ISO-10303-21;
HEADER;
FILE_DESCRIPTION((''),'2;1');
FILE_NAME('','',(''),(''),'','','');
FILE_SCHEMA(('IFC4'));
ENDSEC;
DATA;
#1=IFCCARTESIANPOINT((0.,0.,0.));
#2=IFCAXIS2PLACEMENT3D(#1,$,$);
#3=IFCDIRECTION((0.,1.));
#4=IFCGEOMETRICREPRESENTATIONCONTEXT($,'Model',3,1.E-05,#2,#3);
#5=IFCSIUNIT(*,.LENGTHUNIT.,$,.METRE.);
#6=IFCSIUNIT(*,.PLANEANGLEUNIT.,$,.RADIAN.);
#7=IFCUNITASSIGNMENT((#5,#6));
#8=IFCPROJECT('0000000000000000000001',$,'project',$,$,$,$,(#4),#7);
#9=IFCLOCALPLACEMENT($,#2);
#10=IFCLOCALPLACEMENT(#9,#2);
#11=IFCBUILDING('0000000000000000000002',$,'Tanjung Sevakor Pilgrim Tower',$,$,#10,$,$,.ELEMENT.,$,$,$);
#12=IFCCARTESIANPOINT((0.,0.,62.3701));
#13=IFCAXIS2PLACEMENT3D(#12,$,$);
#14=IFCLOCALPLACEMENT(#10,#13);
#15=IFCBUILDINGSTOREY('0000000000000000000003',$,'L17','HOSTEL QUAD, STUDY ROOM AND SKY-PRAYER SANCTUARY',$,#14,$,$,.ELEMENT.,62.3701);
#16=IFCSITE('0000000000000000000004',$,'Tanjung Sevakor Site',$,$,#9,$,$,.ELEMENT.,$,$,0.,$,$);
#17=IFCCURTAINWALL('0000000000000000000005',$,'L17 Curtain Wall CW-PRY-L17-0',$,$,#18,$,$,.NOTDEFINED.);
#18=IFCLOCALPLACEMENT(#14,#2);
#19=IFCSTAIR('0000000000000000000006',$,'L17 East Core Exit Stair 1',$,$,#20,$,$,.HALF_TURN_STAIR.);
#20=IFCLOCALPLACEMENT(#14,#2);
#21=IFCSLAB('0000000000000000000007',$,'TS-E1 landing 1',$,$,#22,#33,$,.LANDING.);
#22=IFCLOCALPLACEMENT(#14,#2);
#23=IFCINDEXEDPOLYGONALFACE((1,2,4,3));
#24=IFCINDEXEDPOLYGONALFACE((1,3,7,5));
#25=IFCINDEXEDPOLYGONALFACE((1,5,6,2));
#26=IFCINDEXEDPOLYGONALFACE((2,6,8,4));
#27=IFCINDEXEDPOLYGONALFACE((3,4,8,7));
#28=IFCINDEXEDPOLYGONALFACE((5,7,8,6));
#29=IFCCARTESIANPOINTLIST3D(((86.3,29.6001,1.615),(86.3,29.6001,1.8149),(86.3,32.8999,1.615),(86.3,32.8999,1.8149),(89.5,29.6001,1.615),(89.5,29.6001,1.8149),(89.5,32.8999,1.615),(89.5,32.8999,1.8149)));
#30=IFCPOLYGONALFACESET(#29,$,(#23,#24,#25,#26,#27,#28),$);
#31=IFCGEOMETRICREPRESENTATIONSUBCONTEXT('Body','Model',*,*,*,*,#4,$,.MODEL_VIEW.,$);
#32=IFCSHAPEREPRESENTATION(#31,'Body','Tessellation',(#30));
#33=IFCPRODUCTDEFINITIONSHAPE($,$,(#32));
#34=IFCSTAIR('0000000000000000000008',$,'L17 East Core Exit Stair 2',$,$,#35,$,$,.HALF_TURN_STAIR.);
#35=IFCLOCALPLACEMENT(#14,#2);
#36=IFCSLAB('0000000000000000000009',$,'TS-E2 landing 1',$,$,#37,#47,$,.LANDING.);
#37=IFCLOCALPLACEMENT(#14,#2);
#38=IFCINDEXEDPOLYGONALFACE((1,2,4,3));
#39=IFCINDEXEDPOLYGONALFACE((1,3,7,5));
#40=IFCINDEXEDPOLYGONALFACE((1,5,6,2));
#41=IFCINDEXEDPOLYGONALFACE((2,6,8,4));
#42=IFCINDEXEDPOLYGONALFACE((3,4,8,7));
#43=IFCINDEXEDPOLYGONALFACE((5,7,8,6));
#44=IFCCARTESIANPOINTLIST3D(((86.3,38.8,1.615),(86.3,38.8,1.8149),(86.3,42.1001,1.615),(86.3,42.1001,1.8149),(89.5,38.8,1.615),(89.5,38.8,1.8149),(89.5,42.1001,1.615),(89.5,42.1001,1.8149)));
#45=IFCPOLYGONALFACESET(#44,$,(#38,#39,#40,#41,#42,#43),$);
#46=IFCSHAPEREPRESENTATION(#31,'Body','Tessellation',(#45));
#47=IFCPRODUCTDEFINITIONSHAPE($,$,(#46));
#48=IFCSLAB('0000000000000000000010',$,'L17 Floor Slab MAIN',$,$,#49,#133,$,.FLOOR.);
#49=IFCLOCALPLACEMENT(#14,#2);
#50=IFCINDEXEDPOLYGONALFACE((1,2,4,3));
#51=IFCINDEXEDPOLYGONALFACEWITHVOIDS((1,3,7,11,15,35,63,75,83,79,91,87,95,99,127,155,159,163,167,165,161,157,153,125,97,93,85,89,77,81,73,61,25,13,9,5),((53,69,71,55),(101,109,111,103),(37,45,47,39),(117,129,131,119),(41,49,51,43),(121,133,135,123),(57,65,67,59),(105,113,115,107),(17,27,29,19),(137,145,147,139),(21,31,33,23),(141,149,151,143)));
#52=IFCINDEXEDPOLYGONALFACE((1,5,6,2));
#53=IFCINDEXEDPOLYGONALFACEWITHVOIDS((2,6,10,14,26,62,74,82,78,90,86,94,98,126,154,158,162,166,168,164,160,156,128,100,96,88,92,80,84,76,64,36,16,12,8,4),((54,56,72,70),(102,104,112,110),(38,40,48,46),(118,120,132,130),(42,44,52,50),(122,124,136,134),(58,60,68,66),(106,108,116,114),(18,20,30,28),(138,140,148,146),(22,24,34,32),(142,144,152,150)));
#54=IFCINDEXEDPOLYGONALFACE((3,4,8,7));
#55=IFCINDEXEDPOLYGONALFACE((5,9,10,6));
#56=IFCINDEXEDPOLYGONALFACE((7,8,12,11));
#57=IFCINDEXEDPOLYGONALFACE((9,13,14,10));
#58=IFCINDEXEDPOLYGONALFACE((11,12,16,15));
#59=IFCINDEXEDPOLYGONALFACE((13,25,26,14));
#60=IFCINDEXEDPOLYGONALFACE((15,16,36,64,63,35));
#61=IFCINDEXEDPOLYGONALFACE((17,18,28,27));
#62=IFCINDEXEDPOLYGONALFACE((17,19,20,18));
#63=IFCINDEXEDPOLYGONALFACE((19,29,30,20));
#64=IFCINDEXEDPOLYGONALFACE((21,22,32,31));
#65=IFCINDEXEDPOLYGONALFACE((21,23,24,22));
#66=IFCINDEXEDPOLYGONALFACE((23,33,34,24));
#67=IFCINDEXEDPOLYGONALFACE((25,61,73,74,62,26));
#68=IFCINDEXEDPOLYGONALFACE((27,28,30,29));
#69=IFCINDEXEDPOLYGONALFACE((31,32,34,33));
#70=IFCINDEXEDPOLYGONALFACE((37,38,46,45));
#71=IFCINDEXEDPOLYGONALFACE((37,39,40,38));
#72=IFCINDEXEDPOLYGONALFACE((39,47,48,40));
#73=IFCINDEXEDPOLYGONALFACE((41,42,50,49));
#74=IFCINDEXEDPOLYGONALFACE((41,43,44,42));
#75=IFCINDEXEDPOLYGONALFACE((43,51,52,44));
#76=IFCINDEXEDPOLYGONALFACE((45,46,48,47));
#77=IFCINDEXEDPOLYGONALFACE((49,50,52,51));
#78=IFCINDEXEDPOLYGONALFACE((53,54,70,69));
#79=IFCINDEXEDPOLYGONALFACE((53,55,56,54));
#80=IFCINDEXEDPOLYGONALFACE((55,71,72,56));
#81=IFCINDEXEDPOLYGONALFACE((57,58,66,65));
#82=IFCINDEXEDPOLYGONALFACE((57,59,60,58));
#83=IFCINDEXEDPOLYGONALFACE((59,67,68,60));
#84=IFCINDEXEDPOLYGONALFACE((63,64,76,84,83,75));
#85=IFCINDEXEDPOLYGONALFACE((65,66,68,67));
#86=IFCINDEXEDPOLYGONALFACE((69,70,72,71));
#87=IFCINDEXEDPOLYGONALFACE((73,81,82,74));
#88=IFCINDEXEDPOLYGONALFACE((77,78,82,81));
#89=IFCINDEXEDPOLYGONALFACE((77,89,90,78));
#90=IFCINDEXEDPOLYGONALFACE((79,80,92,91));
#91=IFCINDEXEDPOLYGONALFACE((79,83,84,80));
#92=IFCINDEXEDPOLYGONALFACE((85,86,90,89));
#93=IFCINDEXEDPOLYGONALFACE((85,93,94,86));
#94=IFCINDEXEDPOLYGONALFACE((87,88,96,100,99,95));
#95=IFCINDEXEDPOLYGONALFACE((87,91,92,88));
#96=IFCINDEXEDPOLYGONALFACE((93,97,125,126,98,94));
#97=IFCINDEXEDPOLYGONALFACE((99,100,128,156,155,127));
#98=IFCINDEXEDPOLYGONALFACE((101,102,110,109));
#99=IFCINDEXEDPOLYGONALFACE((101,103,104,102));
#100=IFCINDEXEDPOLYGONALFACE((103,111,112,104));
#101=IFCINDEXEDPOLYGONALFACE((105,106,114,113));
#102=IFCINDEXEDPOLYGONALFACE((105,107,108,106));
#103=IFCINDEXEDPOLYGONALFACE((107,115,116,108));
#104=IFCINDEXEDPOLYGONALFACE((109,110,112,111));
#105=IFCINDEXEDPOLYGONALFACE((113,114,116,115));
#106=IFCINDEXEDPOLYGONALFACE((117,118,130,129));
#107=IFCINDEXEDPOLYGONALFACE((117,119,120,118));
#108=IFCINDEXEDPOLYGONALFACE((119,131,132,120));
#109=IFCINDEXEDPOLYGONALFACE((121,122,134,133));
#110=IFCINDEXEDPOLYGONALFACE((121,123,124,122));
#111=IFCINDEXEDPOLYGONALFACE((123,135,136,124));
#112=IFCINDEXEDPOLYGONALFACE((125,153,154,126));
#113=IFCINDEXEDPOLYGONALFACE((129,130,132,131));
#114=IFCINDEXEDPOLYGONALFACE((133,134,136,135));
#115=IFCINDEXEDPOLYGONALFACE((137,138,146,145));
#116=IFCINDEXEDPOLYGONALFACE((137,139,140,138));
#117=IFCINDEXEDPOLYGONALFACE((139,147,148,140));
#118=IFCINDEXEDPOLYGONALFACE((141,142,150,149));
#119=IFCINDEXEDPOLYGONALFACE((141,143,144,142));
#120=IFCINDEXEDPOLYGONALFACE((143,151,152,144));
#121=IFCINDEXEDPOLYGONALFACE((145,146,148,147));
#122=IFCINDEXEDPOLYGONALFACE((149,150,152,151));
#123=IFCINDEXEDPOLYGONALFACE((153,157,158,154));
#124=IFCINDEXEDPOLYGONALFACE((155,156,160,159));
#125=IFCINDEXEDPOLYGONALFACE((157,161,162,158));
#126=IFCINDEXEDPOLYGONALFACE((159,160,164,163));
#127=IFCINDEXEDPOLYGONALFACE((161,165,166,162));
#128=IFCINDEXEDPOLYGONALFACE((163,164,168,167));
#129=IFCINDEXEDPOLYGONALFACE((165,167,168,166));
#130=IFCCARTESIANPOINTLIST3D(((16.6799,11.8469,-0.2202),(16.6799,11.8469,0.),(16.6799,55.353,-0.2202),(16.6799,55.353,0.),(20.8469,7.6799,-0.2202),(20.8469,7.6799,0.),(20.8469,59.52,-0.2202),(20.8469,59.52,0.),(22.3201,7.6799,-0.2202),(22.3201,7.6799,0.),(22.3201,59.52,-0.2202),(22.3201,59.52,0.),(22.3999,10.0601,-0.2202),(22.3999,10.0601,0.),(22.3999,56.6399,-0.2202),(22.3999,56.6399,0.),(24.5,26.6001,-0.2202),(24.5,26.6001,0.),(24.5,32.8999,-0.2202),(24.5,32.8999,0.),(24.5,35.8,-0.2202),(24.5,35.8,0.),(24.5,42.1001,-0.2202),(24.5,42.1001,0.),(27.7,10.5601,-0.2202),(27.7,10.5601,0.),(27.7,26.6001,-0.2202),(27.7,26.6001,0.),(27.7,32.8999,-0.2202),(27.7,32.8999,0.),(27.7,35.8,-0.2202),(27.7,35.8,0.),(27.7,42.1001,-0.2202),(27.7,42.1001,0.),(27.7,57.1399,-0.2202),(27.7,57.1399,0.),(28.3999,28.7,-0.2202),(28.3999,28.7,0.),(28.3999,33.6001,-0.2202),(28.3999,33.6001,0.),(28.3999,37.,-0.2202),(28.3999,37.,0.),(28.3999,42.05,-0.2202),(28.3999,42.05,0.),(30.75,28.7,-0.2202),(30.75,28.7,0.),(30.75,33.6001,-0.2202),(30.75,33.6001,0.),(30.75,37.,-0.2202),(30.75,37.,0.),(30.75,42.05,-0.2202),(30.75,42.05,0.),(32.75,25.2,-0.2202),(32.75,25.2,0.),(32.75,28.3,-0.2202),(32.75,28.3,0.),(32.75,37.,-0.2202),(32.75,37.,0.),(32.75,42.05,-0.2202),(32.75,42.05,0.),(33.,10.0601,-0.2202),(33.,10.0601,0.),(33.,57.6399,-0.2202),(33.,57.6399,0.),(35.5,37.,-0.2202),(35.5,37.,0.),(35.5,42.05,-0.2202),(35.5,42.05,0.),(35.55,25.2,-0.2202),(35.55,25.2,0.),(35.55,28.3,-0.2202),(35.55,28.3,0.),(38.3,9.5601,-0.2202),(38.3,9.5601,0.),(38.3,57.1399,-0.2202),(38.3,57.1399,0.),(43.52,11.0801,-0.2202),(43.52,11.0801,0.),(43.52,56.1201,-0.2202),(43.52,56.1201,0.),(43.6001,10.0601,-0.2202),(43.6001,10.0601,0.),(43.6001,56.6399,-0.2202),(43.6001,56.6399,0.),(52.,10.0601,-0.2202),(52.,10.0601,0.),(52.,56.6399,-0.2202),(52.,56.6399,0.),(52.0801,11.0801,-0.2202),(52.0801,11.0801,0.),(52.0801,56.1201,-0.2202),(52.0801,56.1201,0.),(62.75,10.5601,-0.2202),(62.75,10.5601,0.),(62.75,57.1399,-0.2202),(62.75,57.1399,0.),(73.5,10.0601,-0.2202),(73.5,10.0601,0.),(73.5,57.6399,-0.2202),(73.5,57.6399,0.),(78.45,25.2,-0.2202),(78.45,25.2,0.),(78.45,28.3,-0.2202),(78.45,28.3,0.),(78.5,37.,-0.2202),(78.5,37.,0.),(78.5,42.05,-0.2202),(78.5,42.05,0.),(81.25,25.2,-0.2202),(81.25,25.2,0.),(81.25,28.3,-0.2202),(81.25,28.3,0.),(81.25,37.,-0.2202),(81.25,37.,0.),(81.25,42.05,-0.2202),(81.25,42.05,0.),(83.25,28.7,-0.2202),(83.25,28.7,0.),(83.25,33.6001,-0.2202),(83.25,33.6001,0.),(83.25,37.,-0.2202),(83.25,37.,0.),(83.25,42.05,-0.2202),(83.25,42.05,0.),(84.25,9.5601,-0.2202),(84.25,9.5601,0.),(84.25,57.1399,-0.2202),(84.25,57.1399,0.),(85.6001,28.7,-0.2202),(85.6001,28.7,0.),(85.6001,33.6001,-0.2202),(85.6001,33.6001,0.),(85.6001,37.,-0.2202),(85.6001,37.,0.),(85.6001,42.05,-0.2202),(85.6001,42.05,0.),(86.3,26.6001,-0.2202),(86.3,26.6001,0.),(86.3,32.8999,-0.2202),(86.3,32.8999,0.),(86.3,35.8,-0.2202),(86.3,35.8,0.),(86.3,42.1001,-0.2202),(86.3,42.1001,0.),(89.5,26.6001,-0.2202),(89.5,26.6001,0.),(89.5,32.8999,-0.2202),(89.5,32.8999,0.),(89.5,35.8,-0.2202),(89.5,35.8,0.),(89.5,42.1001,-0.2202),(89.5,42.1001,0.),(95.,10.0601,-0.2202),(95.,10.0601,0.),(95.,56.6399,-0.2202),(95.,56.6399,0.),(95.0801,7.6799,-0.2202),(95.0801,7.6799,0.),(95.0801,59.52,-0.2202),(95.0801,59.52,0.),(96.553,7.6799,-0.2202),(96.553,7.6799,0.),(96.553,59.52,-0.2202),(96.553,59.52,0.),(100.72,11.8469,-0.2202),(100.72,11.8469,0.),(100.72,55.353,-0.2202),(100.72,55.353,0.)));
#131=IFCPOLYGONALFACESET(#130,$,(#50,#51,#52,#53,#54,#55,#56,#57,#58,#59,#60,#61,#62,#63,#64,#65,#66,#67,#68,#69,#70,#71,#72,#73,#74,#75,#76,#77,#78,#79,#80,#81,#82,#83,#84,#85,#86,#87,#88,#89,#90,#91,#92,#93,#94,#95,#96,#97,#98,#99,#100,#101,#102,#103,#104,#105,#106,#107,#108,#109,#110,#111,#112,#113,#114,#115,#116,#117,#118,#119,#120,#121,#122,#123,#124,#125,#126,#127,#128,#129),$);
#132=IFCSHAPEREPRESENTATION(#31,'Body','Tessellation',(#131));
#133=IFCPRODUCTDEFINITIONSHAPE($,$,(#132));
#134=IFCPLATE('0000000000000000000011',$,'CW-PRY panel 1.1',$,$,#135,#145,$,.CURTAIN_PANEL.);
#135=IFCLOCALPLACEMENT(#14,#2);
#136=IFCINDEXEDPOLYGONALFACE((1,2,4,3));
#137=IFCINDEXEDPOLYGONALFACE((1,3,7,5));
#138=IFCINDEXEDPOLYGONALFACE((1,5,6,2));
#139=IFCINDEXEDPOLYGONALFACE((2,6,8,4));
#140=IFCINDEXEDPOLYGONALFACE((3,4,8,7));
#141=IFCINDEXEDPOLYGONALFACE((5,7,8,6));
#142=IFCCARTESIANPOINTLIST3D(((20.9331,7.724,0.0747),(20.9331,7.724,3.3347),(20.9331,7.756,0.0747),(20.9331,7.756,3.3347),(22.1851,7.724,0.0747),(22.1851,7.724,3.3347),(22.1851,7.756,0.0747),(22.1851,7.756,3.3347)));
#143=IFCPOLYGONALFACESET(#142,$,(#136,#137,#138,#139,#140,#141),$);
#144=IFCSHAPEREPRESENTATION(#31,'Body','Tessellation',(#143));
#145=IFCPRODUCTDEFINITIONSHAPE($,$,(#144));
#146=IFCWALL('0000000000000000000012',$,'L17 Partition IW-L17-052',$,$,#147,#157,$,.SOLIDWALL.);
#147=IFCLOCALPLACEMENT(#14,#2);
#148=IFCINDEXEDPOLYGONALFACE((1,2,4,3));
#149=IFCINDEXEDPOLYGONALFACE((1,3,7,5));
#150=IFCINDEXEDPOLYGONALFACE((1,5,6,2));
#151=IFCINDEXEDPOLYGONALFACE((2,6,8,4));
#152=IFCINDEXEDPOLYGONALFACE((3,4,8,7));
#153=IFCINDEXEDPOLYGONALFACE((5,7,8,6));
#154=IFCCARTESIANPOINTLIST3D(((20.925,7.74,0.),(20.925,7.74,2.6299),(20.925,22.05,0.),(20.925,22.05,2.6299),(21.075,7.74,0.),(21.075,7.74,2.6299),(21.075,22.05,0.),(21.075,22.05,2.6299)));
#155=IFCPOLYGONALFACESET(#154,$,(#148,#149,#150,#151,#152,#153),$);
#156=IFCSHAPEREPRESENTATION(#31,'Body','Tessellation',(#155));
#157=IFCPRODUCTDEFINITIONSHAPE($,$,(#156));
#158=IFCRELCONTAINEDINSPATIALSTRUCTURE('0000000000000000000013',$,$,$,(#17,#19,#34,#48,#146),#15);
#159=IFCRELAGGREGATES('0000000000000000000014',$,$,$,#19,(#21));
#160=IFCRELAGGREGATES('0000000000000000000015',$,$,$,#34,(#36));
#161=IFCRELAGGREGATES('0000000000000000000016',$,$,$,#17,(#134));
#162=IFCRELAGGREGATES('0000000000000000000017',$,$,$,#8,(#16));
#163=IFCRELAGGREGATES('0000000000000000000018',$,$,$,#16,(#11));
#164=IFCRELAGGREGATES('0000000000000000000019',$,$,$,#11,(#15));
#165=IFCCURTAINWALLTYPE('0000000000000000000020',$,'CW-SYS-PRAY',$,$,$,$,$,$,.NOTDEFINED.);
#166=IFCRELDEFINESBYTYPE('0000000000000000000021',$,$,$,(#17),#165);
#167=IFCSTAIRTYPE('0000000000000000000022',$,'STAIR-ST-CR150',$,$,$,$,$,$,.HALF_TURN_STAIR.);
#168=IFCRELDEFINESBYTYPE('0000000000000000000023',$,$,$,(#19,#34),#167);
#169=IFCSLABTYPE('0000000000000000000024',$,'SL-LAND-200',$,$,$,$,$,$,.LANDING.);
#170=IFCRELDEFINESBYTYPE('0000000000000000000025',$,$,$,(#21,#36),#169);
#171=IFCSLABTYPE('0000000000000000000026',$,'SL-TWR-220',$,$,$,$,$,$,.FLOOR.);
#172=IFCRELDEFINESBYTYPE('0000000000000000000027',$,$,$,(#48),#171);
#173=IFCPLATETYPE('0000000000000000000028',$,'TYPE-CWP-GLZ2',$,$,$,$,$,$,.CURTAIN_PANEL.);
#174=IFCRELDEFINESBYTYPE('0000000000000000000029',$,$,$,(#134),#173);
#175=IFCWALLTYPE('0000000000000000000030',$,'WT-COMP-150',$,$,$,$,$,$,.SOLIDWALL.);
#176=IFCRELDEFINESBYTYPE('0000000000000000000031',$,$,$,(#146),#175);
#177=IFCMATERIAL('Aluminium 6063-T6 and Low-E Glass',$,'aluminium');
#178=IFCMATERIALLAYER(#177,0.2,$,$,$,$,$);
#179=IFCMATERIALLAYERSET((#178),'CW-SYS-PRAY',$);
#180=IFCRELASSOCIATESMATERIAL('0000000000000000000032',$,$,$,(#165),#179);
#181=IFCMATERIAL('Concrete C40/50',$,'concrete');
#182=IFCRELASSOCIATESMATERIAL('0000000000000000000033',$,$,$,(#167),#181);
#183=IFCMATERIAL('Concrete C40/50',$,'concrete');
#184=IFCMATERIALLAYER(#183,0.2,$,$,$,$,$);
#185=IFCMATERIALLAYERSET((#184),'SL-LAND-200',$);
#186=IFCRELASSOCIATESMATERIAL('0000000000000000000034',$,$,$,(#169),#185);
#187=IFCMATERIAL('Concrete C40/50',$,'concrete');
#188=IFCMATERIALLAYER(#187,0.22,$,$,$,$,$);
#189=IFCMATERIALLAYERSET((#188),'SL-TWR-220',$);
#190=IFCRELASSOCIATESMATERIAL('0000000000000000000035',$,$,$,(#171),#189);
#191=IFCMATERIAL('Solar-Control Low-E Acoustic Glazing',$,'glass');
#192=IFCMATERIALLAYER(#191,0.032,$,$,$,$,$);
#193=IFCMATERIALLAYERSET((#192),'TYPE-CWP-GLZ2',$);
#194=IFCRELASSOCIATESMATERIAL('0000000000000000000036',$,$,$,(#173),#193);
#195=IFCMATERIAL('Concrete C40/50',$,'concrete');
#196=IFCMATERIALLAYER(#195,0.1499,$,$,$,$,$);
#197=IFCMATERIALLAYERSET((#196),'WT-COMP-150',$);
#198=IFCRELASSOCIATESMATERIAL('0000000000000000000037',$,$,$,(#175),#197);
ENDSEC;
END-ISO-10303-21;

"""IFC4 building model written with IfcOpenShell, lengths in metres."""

from ifc_helpers import new_model, si_unit, direction, frame, frame_2d, origin, origin_2d, place, context, subcontext, project, spatial, polyline, rectangle, outline, extrude, material, layer, layer_set, type_object, element, aggregate, save


model = new_model("IFC4")

# Units and contexts
model_context = context("Model", 3, precision=1e-05, world=origin(), true_north=direction((0.0, 1.0)))
body_context = subcontext(model_context, "Body", "Model", "MODEL_VIEW")
ifc_project = project(units=[si_unit("LENGTHUNIT", "METRE"), si_unit("PLANEANGLEUNIT", "RADIAN")], contexts=[model_context])

# Site, building, storey
site_placement = place(None, origin())
site = spatial("IfcSite", under=ifc_project, at=site_placement, Name="Tanjung Sevakor Site", CompositionType="ELEMENT", RefElevation=0.0)
building_placement = place(site_placement, origin())
building = spatial("IfcBuilding", under=site, at=building_placement, Name="Tanjung Sevakor Pilgrim Tower", CompositionType="ELEMENT")
storey_placement = place(building_placement, frame((0.0, 0.0, 62.3701)))
storey = spatial("IfcBuildingStorey", under=building, at=storey_placement, Name="L17", Description="HOSTEL QUAD, STUDY ROOM AND SKY-PRAYER SANCTUARY", CompositionType="ELEMENT", Elevation=62.3701)

# Curtain wall
ifc_material_1 = material(Name="Aluminium 6063-T6 and Low-E Glass", Category="aluminium")
ifc_layer_1 = layer(ifc_material_1, 0.2)
ifc_layer_set_1 = layer_set([ifc_layer_1], Name="CW-SYS-PRAY")
curtain_wall_type = type_object("IfcCurtainWallType", Name="CW-SYS-PRAY", PredefinedType="NOTDEFINED", material=ifc_layer_set_1)
curtain_wall_placement = place(storey_placement, origin())
curtain_wall = element("IfcCurtainWall", 1, at=curtain_wall_placement, inside=storey, type_object=curtain_wall_type, Name="L17 Curtain Wall CW-PRY-L17-0", PredefinedType="NOTDEFINED")

# Stairs, slabs
ifc_material_2 = material(Name="Concrete C40/50", Category="concrete")
stair_type = type_object("IfcStairType", Name="STAIR-ST-CR150", PredefinedType="HALF_TURN_STAIR", material=ifc_material_2)
ifc_material_3 = material(Name="Concrete C40/50", Category="concrete")
ifc_layer_2 = layer(ifc_material_3, 0.2)
ifc_layer_set_2 = layer_set([ifc_layer_2], Name="SL-LAND-200")
slab_type_1 = type_object("IfcSlabType", Name="SL-LAND-200", PredefinedType="LANDING", material=ifc_layer_set_2)
stair_1_placement = place(storey_placement, origin())
stair_1 = element("IfcStair", 2, at=stair_1_placement, inside=storey, type_object=stair_type, Name="L17 East Core Exit Stair 1", PredefinedType="HALF_TURN_STAIR")
slab_1_placement = place(storey_placement, frame((0.0, 0.0, 1.615)))
slab_1 = element("IfcSlab", 3, at=slab_1_placement, type_object=slab_type_1, Name="TS-E1 landing 1", PredefinedType="LANDING", context=body_context, shape_type="SweptSolid", body=[
    extrude(outline(polyline([(89.5, 29.6001), (89.5, 32.8999), (86.3, 32.8999), (86.3, 29.6001), (89.5, 29.6001)])), origin(), (0.0, 0.0, 1.0), 0.2),
])
aggregate(stair_1, [slab_1])
stair_2_placement = place(storey_placement, origin())
stair_2 = element("IfcStair", 4, at=stair_2_placement, inside=storey, type_object=stair_type, Name="L17 East Core Exit Stair 2", PredefinedType="HALF_TURN_STAIR")
slab_2_placement = place(storey_placement, frame((0.0, 0.0, 1.615)))
slab_2 = element("IfcSlab", 5, at=slab_2_placement, type_object=slab_type_1, Name="TS-E2 landing 1", PredefinedType="LANDING", context=body_context, shape_type="SweptSolid", body=[
    extrude(outline(polyline([(89.5, 38.8), (89.5, 42.1001), (86.3, 42.1001), (86.3, 38.8), (89.5, 38.8)])), origin(), (0.0, 0.0, 1.0), 0.2),
])
aggregate(stair_2, [slab_2])

# Slab
ifc_material_4 = material(Name="Concrete C40/50", Category="concrete")
ifc_layer_3 = layer(ifc_material_4, 0.22)
ifc_layer_set_3 = layer_set([ifc_layer_3], Name="SL-TWR-220")
slab_type_2 = type_object("IfcSlabType", Name="SL-TWR-220", PredefinedType="FLOOR", material=ifc_layer_set_3)
slab_3_placement = place(storey_placement, frame((0.0, 0.0, -0.2202)))
element("IfcSlab", 6, at=slab_3_placement, inside=storey, type_object=slab_type_2, Name="L17 Floor Slab MAIN", PredefinedType="FLOOR", context=body_context, shape_type="SweptSolid", body=[
    extrude(outline(polyline([(20.8469, 7.6799), (22.3201, 7.6799), (22.3999, 10.0601), (27.7, 10.5601), (33.0, 10.0601), (38.3, 9.5601), (43.6001, 10.0601), (43.52, 11.0801), (52.0801, 11.0801), (52.0, 10.0601), (62.75, 10.5601), (73.5, 10.0601), (84.25, 9.5601), (95.0, 10.0601), (95.0801, 7.6799), (96.553, 7.6799), (100.72, 11.8469), (100.72, 55.353), (96.553, 59.52), (95.0801, 59.52), (95.0, 56.6399), (84.25, 57.1399), (73.5, 57.6399), (62.75, 57.1399), (52.0, 56.6399), (52.0801, 56.1201), (43.52, 56.1201), (43.6001, 56.6399), (38.3, 57.1399), (33.0, 57.6399), (27.7, 57.1399), (22.3999, 56.6399), (22.3201, 59.52), (20.8469, 59.52), (16.6799, 55.353), (16.6799, 11.8469), (20.8469, 7.6799)]), holes=[polyline([(27.7, 26.6001), (27.7, 32.8999), (24.5, 32.8999), (24.5, 26.6001), (27.7, 26.6001)]), polyline([(27.7, 35.8), (27.7, 42.1001), (24.5, 42.1001), (24.5, 35.8), (27.7, 35.8)]), polyline([(89.5, 26.6001), (89.5, 32.8999), (86.3, 32.8999), (86.3, 26.6001), (89.5, 26.6001)]), polyline([(89.5, 35.8), (89.5, 42.1001), (86.3, 42.1001), (86.3, 35.8), (89.5, 35.8)]), polyline([(32.75, 25.2), (35.55, 25.2), (35.55, 28.3), (32.75, 28.3), (32.75, 25.2)]), polyline([(28.3999, 28.7), (30.75, 28.7), (30.75, 33.6001), (28.3999, 33.6001), (28.3999, 28.7)]), polyline([(28.3999, 37.0), (30.75, 37.0), (30.75, 42.05), (28.3999, 42.05), (28.3999, 37.0)]), polyline([(32.75, 37.0), (35.5, 37.0), (35.5, 42.05), (32.75, 42.05), (32.75, 37.0)]), polyline([(78.45, 25.2), (81.25, 25.2), (81.25, 28.3), (78.45, 28.3), (78.45, 25.2)]), polyline([(83.25, 28.7), (85.6001, 28.7), (85.6001, 33.6001), (83.25, 33.6001), (83.25, 28.7)]), polyline([(83.25, 37.0), (85.6001, 37.0), (85.6001, 42.05), (83.25, 42.05), (83.25, 37.0)]), polyline([(78.5, 37.0), (81.25, 37.0), (81.25, 42.05), (78.5, 42.05), (78.5, 37.0)])]), origin(), (0.0, 0.0, 1.0), 0.2202),
])

# Plate
ifc_material_5 = material(Name="Solar-Control Low-E Acoustic Glazing", Category="glass")
ifc_layer_4 = layer(ifc_material_5, 0.032)
ifc_layer_set_4 = layer_set([ifc_layer_4], Name="TYPE-CWP-GLZ2")
plate_type = type_object("IfcPlateType", Name="TYPE-CWP-GLZ2", PredefinedType="CURTAIN_PANEL", material=ifc_layer_set_4)
plate_placement = place(storey_placement, frame((21.5591, 7.74, 0.0747), z_axis=(0.0, 0.0, 1.0), x_axis=(1.0, 0.0, 0.0)))
plate = element("IfcPlate", 7, at=plate_placement, type_object=plate_type, Name="CW-PRY panel 1.1", PredefinedType="CURTAIN_PANEL", context=body_context, shape_type="SweptSolid", body=[
    extrude(rectangle(XDim=1.252, YDim=0.032, at=origin_2d()), origin(), (0.0, 0.0, 1.0), 3.26),
])
aggregate(curtain_wall, [plate])

# Wall
ifc_material_6 = material(Name="Concrete C40/50", Category="concrete")
ifc_layer_5 = layer(ifc_material_6, 0.1499)
ifc_layer_set_5 = layer_set([ifc_layer_5], Name="WT-COMP-150")
wall_type_1 = type_object("IfcWallType", Name="WT-COMP-150", PredefinedType="SOLIDWALL", material=ifc_layer_set_5)
wall_1_placement = place(storey_placement, frame((21.0, 7.74, 0.0), z_axis=(0.0, 0.0, 1.0), x_axis=(0.0, 1.0, 0.0)))
element("IfcWall", 8, at=wall_1_placement, inside=storey, type_object=wall_type_1, Name="L17 Partition IW-L17-052", PredefinedType="SOLIDWALL", context=body_context, shape_type="SweptSolid", body=[
    extrude(rectangle(XDim=14.3101, YDim=0.1499, at=frame_2d((7.155, 0.0))), origin(), (0.0, 0.0, 1.0), 2.6299),
])

save(model, "model.ifc")
